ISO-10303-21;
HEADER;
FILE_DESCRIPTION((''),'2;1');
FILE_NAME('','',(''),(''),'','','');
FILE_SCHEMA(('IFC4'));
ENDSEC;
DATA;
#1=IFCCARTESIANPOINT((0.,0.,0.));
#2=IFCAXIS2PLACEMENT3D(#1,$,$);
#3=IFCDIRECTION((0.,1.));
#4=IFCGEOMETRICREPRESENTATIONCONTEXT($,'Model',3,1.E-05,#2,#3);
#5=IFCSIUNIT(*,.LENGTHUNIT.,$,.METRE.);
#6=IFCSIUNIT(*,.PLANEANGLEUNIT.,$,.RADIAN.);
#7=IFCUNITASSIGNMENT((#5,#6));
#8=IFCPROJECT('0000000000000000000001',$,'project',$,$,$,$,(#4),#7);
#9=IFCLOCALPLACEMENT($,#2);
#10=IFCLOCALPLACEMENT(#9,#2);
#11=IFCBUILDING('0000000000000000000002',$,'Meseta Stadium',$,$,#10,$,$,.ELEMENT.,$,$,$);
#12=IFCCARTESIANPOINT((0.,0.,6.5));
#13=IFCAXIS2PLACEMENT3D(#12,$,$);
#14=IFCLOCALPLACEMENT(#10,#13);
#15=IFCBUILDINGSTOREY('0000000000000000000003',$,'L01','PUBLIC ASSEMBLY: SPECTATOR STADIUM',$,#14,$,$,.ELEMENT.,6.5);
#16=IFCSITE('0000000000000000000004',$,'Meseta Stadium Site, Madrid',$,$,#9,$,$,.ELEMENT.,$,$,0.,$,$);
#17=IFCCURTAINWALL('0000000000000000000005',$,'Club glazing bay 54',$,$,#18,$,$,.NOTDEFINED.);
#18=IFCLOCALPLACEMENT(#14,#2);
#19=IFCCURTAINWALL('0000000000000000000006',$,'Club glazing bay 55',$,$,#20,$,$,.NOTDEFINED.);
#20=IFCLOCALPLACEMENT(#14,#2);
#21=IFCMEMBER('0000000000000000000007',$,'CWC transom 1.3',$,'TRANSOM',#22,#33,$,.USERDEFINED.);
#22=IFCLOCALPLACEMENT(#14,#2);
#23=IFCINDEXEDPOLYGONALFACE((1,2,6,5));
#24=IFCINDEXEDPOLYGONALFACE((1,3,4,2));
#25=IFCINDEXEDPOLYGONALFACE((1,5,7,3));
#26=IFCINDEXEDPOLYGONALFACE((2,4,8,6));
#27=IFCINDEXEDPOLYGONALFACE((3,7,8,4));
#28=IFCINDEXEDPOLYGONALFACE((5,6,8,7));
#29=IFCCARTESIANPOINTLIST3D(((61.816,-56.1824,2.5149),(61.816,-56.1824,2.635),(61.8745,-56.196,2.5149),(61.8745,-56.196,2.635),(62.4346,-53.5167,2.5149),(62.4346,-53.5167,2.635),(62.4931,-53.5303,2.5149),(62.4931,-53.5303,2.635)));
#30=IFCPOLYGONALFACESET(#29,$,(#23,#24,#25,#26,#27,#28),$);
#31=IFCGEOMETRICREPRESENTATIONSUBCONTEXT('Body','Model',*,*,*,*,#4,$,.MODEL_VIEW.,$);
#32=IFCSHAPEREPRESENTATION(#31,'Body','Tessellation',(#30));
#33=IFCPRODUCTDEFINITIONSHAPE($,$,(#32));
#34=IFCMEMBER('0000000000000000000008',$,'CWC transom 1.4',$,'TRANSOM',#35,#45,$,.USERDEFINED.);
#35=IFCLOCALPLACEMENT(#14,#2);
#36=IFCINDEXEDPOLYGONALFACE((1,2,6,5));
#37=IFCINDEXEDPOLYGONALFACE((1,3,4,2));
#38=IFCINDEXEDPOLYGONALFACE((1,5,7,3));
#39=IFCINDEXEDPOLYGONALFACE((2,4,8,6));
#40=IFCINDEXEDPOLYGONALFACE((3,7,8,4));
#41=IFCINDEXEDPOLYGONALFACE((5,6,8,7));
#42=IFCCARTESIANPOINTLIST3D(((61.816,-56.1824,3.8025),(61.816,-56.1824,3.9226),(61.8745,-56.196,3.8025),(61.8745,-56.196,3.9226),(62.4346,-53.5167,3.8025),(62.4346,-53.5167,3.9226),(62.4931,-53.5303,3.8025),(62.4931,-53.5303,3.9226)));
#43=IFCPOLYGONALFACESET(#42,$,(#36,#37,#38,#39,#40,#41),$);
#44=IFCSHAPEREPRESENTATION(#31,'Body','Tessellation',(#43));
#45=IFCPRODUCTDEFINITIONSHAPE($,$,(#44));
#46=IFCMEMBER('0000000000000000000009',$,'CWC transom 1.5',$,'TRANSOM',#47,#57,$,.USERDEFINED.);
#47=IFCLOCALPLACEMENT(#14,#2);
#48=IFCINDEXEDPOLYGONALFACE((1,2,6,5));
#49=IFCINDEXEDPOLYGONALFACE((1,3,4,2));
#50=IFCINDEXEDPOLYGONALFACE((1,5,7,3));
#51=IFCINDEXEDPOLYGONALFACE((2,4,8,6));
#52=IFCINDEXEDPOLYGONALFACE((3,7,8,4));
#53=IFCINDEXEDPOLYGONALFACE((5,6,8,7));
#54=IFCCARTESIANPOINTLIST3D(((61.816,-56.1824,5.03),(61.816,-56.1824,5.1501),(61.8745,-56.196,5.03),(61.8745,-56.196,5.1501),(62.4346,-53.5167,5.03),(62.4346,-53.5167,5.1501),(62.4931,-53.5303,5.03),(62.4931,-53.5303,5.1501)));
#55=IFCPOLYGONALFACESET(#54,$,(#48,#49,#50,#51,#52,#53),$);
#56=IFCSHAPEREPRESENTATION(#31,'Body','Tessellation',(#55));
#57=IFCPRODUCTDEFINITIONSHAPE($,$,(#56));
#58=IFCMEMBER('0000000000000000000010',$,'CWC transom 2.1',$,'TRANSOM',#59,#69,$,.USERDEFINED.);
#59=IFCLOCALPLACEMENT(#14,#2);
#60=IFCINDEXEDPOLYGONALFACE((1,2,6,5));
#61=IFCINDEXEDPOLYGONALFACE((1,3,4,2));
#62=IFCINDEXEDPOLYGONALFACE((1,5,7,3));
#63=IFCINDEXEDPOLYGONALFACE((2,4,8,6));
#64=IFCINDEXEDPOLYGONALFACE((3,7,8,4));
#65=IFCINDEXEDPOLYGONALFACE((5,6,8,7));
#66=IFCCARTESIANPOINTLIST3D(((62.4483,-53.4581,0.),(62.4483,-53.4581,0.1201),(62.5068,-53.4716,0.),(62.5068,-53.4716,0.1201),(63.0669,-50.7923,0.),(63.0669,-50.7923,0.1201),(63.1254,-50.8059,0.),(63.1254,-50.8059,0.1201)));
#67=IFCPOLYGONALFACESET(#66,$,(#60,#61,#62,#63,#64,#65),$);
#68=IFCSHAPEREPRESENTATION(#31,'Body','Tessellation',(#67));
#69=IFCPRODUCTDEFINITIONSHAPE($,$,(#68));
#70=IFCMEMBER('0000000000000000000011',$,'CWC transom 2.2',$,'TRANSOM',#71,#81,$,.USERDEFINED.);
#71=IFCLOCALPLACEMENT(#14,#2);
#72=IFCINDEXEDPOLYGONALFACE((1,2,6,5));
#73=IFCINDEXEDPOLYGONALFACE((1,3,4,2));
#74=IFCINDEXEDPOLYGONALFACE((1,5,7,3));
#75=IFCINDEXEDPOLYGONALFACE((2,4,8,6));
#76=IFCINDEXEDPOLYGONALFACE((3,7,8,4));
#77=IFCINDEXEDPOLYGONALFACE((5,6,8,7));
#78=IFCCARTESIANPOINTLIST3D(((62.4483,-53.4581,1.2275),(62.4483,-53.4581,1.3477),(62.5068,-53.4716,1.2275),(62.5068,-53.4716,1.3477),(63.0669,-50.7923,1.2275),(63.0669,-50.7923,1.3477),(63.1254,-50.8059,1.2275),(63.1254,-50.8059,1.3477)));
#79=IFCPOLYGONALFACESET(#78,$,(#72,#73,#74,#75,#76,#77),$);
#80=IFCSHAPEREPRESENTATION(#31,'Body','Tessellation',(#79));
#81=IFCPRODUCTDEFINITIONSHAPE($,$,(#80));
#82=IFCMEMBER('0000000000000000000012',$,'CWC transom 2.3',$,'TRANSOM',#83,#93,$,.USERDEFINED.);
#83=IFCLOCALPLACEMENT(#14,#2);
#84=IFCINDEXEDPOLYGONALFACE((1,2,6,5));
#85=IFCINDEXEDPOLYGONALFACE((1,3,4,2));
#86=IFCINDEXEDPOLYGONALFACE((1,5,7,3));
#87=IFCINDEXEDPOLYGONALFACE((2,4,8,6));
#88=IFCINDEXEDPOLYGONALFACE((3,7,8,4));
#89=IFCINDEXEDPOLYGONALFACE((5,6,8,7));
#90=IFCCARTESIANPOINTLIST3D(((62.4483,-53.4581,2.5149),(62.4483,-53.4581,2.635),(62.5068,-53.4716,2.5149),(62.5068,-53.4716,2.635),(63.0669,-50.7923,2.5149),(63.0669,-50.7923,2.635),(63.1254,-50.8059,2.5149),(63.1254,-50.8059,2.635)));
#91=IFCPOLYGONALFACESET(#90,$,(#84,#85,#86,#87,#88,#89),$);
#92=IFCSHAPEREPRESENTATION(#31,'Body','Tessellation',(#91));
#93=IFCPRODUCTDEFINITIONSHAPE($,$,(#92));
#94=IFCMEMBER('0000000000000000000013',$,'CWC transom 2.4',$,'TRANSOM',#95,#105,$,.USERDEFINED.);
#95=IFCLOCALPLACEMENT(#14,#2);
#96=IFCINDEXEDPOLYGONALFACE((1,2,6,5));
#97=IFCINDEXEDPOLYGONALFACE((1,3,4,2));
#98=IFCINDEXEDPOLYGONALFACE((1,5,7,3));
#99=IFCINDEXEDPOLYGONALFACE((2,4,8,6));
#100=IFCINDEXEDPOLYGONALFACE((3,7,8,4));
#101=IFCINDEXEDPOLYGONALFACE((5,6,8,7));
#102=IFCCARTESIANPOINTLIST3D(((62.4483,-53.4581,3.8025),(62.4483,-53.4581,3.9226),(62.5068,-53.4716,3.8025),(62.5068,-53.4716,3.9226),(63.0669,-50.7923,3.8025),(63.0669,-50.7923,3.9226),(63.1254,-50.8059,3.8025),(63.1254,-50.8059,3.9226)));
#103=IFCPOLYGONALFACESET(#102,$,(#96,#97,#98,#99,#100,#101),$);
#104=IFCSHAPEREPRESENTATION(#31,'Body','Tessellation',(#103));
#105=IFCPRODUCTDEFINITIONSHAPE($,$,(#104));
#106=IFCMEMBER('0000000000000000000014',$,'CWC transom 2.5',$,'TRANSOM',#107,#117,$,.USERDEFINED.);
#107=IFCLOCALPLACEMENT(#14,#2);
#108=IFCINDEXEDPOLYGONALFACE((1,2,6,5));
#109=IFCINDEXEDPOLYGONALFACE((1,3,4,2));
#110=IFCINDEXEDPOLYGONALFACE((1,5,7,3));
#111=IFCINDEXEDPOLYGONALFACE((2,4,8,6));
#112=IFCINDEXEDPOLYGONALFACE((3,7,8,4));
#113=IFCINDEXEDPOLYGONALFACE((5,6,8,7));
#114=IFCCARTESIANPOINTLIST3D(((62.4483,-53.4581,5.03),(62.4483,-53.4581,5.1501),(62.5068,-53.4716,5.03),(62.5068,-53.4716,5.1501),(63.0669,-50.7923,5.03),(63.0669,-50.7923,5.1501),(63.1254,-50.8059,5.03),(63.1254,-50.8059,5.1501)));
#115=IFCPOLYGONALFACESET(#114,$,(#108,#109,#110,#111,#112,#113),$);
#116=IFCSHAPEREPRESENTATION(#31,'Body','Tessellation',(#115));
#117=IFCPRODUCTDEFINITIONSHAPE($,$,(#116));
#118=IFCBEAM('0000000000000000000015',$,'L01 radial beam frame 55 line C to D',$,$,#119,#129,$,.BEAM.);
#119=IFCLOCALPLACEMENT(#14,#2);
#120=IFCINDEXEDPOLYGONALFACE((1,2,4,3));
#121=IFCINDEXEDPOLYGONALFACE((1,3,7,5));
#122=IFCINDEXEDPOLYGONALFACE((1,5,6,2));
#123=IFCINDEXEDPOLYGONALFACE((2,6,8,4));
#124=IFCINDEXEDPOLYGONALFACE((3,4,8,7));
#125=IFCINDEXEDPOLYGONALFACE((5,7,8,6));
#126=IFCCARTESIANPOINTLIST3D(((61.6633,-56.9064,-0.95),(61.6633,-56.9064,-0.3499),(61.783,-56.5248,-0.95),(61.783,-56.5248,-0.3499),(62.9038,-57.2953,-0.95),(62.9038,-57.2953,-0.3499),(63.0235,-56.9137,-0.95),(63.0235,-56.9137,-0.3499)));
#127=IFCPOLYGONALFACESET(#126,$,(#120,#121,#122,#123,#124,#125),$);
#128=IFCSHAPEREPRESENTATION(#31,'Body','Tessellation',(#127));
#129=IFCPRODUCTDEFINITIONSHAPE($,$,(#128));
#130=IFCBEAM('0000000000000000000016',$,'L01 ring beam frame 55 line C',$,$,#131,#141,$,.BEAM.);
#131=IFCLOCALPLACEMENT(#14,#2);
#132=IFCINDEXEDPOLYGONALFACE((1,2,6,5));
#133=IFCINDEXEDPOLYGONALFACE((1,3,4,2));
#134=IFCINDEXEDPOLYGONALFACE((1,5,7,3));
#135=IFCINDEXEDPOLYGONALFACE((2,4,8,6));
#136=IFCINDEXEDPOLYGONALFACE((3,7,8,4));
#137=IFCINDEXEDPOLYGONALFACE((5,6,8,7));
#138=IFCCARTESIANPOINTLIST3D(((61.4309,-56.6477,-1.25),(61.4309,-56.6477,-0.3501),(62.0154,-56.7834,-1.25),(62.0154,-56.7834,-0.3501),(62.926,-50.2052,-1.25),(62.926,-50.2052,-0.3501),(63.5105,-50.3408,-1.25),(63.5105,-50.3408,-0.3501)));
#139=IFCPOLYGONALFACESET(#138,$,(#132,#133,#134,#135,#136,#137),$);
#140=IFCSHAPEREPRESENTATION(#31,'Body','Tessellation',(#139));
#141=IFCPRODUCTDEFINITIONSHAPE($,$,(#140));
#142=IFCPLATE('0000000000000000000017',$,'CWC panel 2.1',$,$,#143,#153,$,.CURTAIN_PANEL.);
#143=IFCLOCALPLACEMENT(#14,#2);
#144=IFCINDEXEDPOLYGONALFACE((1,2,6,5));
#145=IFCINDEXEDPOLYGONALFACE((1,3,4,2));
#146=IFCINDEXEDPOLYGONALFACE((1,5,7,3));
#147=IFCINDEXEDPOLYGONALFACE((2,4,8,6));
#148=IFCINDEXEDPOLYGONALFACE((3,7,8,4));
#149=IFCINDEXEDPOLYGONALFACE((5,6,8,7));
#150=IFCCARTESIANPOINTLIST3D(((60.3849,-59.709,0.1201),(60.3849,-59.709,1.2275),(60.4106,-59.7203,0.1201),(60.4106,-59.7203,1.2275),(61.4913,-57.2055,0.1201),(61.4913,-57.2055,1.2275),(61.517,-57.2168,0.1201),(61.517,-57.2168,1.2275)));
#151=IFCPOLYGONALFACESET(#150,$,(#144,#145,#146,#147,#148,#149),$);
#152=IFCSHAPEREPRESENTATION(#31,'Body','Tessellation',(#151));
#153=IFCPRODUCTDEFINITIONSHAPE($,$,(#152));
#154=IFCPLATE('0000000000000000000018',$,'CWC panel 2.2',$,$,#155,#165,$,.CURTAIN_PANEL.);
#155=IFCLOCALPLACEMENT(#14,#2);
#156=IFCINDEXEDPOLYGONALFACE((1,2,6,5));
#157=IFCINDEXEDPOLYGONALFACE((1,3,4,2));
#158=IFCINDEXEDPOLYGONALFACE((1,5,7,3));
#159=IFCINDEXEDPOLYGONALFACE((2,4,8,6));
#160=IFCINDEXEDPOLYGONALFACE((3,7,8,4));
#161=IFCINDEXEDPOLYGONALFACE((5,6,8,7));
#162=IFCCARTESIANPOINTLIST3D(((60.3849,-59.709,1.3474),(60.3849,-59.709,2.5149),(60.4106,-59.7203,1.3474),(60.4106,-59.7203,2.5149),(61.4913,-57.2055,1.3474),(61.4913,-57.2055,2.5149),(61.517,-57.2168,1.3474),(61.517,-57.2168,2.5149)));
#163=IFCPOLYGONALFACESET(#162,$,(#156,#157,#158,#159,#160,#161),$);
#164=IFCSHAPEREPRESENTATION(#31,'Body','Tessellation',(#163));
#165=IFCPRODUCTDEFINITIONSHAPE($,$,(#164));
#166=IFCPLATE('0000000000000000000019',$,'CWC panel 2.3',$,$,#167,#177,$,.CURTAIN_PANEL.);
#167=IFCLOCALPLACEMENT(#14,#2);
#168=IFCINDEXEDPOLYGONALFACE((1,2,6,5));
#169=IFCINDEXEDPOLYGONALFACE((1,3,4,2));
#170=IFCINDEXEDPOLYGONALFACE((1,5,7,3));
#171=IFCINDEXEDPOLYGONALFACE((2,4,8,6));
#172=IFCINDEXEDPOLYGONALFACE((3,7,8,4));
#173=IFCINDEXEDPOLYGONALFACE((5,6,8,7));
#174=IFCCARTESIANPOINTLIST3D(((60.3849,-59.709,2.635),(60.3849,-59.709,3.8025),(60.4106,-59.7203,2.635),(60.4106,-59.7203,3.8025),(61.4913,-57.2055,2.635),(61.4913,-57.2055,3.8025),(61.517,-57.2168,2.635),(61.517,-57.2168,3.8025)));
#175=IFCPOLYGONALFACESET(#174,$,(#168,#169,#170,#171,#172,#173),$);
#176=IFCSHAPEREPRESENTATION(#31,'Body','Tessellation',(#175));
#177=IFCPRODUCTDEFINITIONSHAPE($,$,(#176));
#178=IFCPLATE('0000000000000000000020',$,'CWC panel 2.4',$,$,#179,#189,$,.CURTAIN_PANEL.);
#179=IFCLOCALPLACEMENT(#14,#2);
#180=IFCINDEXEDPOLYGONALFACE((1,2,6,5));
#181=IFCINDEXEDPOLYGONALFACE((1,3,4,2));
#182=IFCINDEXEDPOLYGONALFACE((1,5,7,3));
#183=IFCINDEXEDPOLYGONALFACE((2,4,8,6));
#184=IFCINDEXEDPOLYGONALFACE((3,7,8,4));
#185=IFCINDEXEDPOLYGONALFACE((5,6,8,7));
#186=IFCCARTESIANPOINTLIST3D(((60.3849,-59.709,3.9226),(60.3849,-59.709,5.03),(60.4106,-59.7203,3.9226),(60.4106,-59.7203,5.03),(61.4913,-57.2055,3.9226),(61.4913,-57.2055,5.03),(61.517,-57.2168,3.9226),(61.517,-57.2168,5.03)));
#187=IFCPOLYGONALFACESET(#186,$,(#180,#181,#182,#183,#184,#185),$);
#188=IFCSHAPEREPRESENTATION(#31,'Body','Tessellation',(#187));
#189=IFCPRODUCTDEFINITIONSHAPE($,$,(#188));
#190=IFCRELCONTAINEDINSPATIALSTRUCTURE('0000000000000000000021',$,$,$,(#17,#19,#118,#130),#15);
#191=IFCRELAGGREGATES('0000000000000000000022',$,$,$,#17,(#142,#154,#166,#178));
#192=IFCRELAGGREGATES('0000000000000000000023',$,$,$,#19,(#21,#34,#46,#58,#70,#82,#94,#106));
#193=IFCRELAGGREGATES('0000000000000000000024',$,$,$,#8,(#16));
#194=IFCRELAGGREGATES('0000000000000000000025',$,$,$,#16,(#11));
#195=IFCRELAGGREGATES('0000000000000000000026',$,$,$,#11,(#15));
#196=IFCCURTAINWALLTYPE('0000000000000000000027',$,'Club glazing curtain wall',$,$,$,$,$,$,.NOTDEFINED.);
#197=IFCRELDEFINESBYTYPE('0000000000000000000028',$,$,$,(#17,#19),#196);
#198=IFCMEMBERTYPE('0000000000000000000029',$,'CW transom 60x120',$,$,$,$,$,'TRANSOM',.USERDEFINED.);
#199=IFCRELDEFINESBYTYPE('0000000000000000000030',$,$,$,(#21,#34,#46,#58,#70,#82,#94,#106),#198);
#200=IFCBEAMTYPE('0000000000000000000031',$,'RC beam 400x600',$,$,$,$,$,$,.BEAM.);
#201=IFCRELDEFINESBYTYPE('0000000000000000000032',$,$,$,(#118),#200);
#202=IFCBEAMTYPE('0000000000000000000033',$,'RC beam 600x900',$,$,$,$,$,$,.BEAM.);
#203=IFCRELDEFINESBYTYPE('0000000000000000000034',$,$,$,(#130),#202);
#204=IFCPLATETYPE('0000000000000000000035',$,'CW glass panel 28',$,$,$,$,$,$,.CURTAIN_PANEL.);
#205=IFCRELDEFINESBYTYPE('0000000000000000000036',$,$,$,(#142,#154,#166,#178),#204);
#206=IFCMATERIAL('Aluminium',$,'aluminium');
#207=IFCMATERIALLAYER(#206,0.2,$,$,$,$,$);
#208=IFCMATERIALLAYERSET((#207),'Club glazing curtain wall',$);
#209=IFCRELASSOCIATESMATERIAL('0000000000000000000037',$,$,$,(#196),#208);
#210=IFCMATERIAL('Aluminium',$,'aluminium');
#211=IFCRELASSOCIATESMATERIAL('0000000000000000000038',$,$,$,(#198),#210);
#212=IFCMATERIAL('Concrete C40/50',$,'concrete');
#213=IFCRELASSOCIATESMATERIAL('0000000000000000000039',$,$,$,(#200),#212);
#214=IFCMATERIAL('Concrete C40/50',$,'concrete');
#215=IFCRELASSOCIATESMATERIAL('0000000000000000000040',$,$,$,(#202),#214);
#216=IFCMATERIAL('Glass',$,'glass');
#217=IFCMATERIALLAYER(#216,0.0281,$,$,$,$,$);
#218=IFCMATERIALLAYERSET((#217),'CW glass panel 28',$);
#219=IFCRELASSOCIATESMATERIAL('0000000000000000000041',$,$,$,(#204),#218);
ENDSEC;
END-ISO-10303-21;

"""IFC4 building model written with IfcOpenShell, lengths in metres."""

from ifc_helpers import new_model, si_unit, direction, frame, origin, origin_2d, place, context, subcontext, project, spatial, rectangle, extrude, material, layer, layer_set, material_profile, profile_set, type_object, element, aggregate, save


model = new_model("IFC4")

# Units and contexts
model_context = context("Model", 3, precision=1e-05, world=origin(), true_north=direction((0.0, 1.0)))
body_context = subcontext(model_context, "Body", "Model", "MODEL_VIEW")
ifc_project = project(units=[si_unit("LENGTHUNIT", "METRE"), si_unit("PLANEANGLEUNIT", "RADIAN")], contexts=[model_context])

# Site, building, storey
site_placement = place(None, origin())
site = spatial("IfcSite", under=ifc_project, at=site_placement, Name="Meseta Stadium Site, Madrid", CompositionType="ELEMENT", RefElevation=0.0)
building_placement = place(site_placement, origin())
building = spatial("IfcBuilding", under=site, at=building_placement, Name="Meseta Stadium", CompositionType="ELEMENT")
storey_placement = place(building_placement, frame((0.0, 0.0, 6.5)))
storey = spatial("IfcBuildingStorey", under=building, at=storey_placement, Name="L01", Description="PUBLIC ASSEMBLY: SPECTATOR STADIUM", CompositionType="ELEMENT", Elevation=6.5)

# Curtain walls
ifc_material_1 = material(Name="Aluminium", Category="aluminium")
ifc_layer_1 = layer(ifc_material_1, 0.2)
ifc_layer_set_1 = layer_set([ifc_layer_1], Name="Club glazing curtain wall")
curtain_wall_type = type_object("IfcCurtainWallType", Name="Club glazing curtain wall", PredefinedType="NOTDEFINED", material=ifc_layer_set_1)
curtain_wall_1_placement = place(storey_placement, origin())
curtain_wall_1 = element("IfcCurtainWall", 1, at=curtain_wall_1_placement, inside=storey, type_object=curtain_wall_type, Name="Club glazing bay 54", PredefinedType="NOTDEFINED")
curtain_wall_2_placement = place(storey_placement, origin())
curtain_wall_2 = element("IfcCurtainWall", 2, at=curtain_wall_2_placement, inside=storey, type_object=curtain_wall_type, Name="Club glazing bay 55", PredefinedType="NOTDEFINED")

# Members
ifc_material_2 = material(Name="Aluminium", Category="aluminium")
ifc_material_profile_1 = material_profile(ifc_material_2, rectangle(XDim=0.0601, YDim=0.1201, at=origin_2d()), Name="CW 60x120")
ifc_profile_set_1 = profile_set([ifc_material_profile_1], Name="Aluminium")
member_type_1 = type_object("IfcMemberType", Name="CW transom 60x120", ElementType="TRANSOM", PredefinedType="USERDEFINED", material=ifc_profile_set_1)
member_1_placement = place(storey_placement, frame((61.8452, -56.1892, 2.575), z_axis=(0.226065, 0.974112, 0.0), x_axis=(-0.974112, 0.226065, 0.0)))
member_1 = element("IfcMember", 3, at=member_1_placement, type_object=member_type_1, Name="CWC transom 1.3", ObjectType="TRANSOM", PredefinedType="USERDEFINED", context=body_context, shape_type="SweptSolid", body=[
    extrude(rectangle(XDim=0.0601, YDim=0.1201, at=origin_2d()), origin(), (0.0, 0.0, 1.0), 2.7366),
])
member_2_placement = place(storey_placement, frame((61.8452, -56.1892, 3.8625), z_axis=(0.226065, 0.974112, 0.0), x_axis=(-0.974112, 0.226065, 0.0)))
member_2 = element("IfcMember", 4, at=member_2_placement, type_object=member_type_1, Name="CWC transom 1.4", ObjectType="TRANSOM", PredefinedType="USERDEFINED", context=body_context, shape_type="SweptSolid", body=[
    extrude(rectangle(XDim=0.0601, YDim=0.1201, at=origin_2d()), origin(), (0.0, 0.0, 1.0), 2.7366),
])
member_3_placement = place(storey_placement, frame((61.8452, -56.1892, 5.0901), z_axis=(0.226065, 0.974112, 0.0), x_axis=(-0.974112, 0.226065, 0.0)))
member_3 = element("IfcMember", 5, at=member_3_placement, type_object=member_type_1, Name="CWC transom 1.5", ObjectType="TRANSOM", PredefinedType="USERDEFINED", context=body_context, shape_type="SweptSolid", body=[
    extrude(rectangle(XDim=0.0601, YDim=0.1201, at=origin_2d()), origin(), (0.0, 0.0, 1.0), 2.7366),
])
member_4_placement = place(storey_placement, frame((62.4775, -53.4648, 0.0601), z_axis=(0.226065, 0.974112, 0.0), x_axis=(-0.974112, 0.226065, 0.0)))
member_4 = element("IfcMember", 6, at=member_4_placement, type_object=member_type_1, Name="CWC transom 2.1", ObjectType="TRANSOM", PredefinedType="USERDEFINED", context=body_context, shape_type="SweptSolid", body=[
    extrude(rectangle(XDim=0.0601, YDim=0.1201, at=origin_2d()), origin(), (0.0, 0.0, 1.0), 2.7366),
])
member_5_placement = place(storey_placement, frame((62.4775, -53.4648, 1.2876), z_axis=(0.226065, 0.974112, 0.0), x_axis=(-0.974112, 0.226065, 0.0)))
member_5 = element("IfcMember", 7, at=member_5_placement, type_object=member_type_1, Name="CWC transom 2.2", ObjectType="TRANSOM", PredefinedType="USERDEFINED", context=body_context, shape_type="SweptSolid", body=[
    extrude(rectangle(XDim=0.0601, YDim=0.1201, at=origin_2d()), origin(), (0.0, 0.0, 1.0), 2.7366),
])
member_6_placement = place(storey_placement, frame((62.4775, -53.4648, 2.575), z_axis=(0.226065, 0.974112, 0.0), x_axis=(-0.974112, 0.226065, 0.0)))
member_6 = element("IfcMember", 8, at=member_6_placement, type_object=member_type_1, Name="CWC transom 2.3", ObjectType="TRANSOM", PredefinedType="USERDEFINED", context=body_context, shape_type="SweptSolid", body=[
    extrude(rectangle(XDim=0.0601, YDim=0.1201, at=origin_2d()), origin(), (0.0, 0.0, 1.0), 2.7366),
])
member_7_placement = place(storey_placement, frame((62.4775, -53.4648, 3.8625), z_axis=(0.226065, 0.974112, 0.0), x_axis=(-0.974112, 0.226065, 0.0)))
member_7 = element("IfcMember", 9, at=member_7_placement, type_object=member_type_1, Name="CWC transom 2.4", ObjectType="TRANSOM", PredefinedType="USERDEFINED", context=body_context, shape_type="SweptSolid", body=[
    extrude(rectangle(XDim=0.0601, YDim=0.1201, at=origin_2d()), origin(), (0.0, 0.0, 1.0), 2.7366),
])
member_8_placement = place(storey_placement, frame((62.4775, -53.4648, 5.0901), z_axis=(0.226065, 0.974112, 0.0), x_axis=(-0.974112, 0.226065, 0.0)))
member_8 = element("IfcMember", 10, at=member_8_placement, type_object=member_type_1, Name="CWC transom 2.5", ObjectType="TRANSOM", PredefinedType="USERDEFINED", context=body_context, shape_type="SweptSolid", body=[
    extrude(rectangle(XDim=0.0601, YDim=0.1201, at=origin_2d()), origin(), (0.0, 0.0, 1.0), 2.7366),
])

# Beams
ifc_material_3 = material(Name="Concrete C40/50", Category="concrete")
ifc_material_profile_2 = material_profile(ifc_material_3, rectangle(XDim=0.3999, YDim=0.6001, at=origin_2d()), Name="RC 400x600")
ifc_profile_set_2 = profile_set([ifc_material_profile_2], Name="Concrete C40/50")
beam_type_1 = type_object("IfcBeamType", Name="RC beam 400x600", PredefinedType="BEAM", material=ifc_profile_set_2)
beam_1_placement = place(storey_placement, frame((61.7231, -56.7156, -0.6499), z_axis=(0.954202, -0.299162, 0.0), x_axis=(0.299162, 0.954202, 0.0)))
element("IfcBeam", 11, at=beam_1_placement, inside=storey, type_object=beam_type_1, Name="L01 radial beam frame 55 line C to D", PredefinedType="BEAM", context=body_context, shape_type="SweptSolid", body=[
    extrude(rectangle(XDim=0.3999, YDim=0.6001, at=origin_2d()), origin(), (0.0, 0.0, 1.0), 1.3),
])
ifc_material_4 = material(Name="Concrete C40/50", Category="concrete")
ifc_material_profile_3 = material_profile(ifc_material_4, rectangle(XDim=0.6001, YDim=0.8999, at=origin_2d()), Name="RC 600x900")
ifc_profile_set_3 = profile_set([ifc_material_profile_3], Name="Concrete C40/50")
beam_type_2 = type_object("IfcBeamType", Name="RC beam 600x900", PredefinedType="BEAM", material=ifc_profile_set_3)
beam_2_placement = place(storey_placement, frame((61.7231, -56.7156, -0.8), z_axis=(0.226059, 0.974114, 0.0), x_axis=(-0.974114, 0.226059, 0.0)))
element("IfcBeam", 12, at=beam_2_placement, inside=storey, type_object=beam_type_2, Name="L01 ring beam frame 55 line C", PredefinedType="BEAM", context=body_context, shape_type="SweptSolid", body=[
    extrude(rectangle(XDim=0.6001, YDim=0.8999, at=origin_2d()), origin(), (0.0, 0.0, 1.0), 6.6138),
])

# Plates
ifc_material_5 = material(Name="Glass", Category="glass")
ifc_layer_2 = layer(ifc_material_5, 0.0281)
ifc_layer_set_2 = layer_set([ifc_layer_2], Name="CW glass panel 28")
plate_type = type_object("IfcPlateType", Name="CW glass panel 28", PredefinedType="CURTAIN_PANEL", material=ifc_layer_set_2)
plate_1_placement = place(storey_placement, frame((60.9509, -58.4629, 0.1201), z_axis=(0.0, 0.0, 1.0), x_axis=(0.40423, 0.914657, 0.0)))
plate_1 = element("IfcPlate", 13, at=plate_1_placement, type_object=plate_type, Name="CWC panel 2.1", PredefinedType="CURTAIN_PANEL", context=body_context, shape_type="SweptSolid", body=[
    extrude(rectangle(XDim=2.7371, YDim=0.0281, at=origin_2d()), origin(), (0.0, 0.0, 1.0), 1.1074),
])
plate_2_placement = place(storey_placement, frame((60.9509, -58.4629, 1.3474), z_axis=(0.0, 0.0, 1.0), x_axis=(0.40423, 0.914657, 0.0)))
plate_2 = element("IfcPlate", 14, at=plate_2_placement, type_object=plate_type, Name="CWC panel 2.2", PredefinedType="CURTAIN_PANEL", context=body_context, shape_type="SweptSolid", body=[
    extrude(rectangle(XDim=2.7371, YDim=0.0281, at=origin_2d()), origin(), (0.0, 0.0, 1.0), 1.1675),
])
plate_3_placement = place(storey_placement, frame((60.9509, -58.4629, 2.635), z_axis=(0.0, 0.0, 1.0), x_axis=(0.40423, 0.914657, 0.0)))
plate_3 = element("IfcPlate", 15, at=plate_3_placement, type_object=plate_type, Name="CWC panel 2.3", PredefinedType="CURTAIN_PANEL", context=body_context, shape_type="SweptSolid", body=[
    extrude(rectangle(XDim=2.7371, YDim=0.0281, at=origin_2d()), origin(), (0.0, 0.0, 1.0), 1.1675),
])
plate_4_placement = place(storey_placement, frame((60.9509, -58.4629, 3.9226), z_axis=(0.0, 0.0, 1.0), x_axis=(0.40423, 0.914657, 0.0)))
plate_4 = element("IfcPlate", 16, at=plate_4_placement, type_object=plate_type, Name="CWC panel 2.4", PredefinedType="CURTAIN_PANEL", context=body_context, shape_type="SweptSolid", body=[
    extrude(rectangle(XDim=2.7371, YDim=0.0281, at=origin_2d()), origin(), (0.0, 0.0, 1.0), 1.1074),
])
aggregate(curtain_wall_1, [plate_1, plate_2, plate_3, plate_4])
aggregate(curtain_wall_2, [member_1, member_2, member_3, member_4, member_5, member_6, member_7, member_8])

save(model, "model.ifc")
